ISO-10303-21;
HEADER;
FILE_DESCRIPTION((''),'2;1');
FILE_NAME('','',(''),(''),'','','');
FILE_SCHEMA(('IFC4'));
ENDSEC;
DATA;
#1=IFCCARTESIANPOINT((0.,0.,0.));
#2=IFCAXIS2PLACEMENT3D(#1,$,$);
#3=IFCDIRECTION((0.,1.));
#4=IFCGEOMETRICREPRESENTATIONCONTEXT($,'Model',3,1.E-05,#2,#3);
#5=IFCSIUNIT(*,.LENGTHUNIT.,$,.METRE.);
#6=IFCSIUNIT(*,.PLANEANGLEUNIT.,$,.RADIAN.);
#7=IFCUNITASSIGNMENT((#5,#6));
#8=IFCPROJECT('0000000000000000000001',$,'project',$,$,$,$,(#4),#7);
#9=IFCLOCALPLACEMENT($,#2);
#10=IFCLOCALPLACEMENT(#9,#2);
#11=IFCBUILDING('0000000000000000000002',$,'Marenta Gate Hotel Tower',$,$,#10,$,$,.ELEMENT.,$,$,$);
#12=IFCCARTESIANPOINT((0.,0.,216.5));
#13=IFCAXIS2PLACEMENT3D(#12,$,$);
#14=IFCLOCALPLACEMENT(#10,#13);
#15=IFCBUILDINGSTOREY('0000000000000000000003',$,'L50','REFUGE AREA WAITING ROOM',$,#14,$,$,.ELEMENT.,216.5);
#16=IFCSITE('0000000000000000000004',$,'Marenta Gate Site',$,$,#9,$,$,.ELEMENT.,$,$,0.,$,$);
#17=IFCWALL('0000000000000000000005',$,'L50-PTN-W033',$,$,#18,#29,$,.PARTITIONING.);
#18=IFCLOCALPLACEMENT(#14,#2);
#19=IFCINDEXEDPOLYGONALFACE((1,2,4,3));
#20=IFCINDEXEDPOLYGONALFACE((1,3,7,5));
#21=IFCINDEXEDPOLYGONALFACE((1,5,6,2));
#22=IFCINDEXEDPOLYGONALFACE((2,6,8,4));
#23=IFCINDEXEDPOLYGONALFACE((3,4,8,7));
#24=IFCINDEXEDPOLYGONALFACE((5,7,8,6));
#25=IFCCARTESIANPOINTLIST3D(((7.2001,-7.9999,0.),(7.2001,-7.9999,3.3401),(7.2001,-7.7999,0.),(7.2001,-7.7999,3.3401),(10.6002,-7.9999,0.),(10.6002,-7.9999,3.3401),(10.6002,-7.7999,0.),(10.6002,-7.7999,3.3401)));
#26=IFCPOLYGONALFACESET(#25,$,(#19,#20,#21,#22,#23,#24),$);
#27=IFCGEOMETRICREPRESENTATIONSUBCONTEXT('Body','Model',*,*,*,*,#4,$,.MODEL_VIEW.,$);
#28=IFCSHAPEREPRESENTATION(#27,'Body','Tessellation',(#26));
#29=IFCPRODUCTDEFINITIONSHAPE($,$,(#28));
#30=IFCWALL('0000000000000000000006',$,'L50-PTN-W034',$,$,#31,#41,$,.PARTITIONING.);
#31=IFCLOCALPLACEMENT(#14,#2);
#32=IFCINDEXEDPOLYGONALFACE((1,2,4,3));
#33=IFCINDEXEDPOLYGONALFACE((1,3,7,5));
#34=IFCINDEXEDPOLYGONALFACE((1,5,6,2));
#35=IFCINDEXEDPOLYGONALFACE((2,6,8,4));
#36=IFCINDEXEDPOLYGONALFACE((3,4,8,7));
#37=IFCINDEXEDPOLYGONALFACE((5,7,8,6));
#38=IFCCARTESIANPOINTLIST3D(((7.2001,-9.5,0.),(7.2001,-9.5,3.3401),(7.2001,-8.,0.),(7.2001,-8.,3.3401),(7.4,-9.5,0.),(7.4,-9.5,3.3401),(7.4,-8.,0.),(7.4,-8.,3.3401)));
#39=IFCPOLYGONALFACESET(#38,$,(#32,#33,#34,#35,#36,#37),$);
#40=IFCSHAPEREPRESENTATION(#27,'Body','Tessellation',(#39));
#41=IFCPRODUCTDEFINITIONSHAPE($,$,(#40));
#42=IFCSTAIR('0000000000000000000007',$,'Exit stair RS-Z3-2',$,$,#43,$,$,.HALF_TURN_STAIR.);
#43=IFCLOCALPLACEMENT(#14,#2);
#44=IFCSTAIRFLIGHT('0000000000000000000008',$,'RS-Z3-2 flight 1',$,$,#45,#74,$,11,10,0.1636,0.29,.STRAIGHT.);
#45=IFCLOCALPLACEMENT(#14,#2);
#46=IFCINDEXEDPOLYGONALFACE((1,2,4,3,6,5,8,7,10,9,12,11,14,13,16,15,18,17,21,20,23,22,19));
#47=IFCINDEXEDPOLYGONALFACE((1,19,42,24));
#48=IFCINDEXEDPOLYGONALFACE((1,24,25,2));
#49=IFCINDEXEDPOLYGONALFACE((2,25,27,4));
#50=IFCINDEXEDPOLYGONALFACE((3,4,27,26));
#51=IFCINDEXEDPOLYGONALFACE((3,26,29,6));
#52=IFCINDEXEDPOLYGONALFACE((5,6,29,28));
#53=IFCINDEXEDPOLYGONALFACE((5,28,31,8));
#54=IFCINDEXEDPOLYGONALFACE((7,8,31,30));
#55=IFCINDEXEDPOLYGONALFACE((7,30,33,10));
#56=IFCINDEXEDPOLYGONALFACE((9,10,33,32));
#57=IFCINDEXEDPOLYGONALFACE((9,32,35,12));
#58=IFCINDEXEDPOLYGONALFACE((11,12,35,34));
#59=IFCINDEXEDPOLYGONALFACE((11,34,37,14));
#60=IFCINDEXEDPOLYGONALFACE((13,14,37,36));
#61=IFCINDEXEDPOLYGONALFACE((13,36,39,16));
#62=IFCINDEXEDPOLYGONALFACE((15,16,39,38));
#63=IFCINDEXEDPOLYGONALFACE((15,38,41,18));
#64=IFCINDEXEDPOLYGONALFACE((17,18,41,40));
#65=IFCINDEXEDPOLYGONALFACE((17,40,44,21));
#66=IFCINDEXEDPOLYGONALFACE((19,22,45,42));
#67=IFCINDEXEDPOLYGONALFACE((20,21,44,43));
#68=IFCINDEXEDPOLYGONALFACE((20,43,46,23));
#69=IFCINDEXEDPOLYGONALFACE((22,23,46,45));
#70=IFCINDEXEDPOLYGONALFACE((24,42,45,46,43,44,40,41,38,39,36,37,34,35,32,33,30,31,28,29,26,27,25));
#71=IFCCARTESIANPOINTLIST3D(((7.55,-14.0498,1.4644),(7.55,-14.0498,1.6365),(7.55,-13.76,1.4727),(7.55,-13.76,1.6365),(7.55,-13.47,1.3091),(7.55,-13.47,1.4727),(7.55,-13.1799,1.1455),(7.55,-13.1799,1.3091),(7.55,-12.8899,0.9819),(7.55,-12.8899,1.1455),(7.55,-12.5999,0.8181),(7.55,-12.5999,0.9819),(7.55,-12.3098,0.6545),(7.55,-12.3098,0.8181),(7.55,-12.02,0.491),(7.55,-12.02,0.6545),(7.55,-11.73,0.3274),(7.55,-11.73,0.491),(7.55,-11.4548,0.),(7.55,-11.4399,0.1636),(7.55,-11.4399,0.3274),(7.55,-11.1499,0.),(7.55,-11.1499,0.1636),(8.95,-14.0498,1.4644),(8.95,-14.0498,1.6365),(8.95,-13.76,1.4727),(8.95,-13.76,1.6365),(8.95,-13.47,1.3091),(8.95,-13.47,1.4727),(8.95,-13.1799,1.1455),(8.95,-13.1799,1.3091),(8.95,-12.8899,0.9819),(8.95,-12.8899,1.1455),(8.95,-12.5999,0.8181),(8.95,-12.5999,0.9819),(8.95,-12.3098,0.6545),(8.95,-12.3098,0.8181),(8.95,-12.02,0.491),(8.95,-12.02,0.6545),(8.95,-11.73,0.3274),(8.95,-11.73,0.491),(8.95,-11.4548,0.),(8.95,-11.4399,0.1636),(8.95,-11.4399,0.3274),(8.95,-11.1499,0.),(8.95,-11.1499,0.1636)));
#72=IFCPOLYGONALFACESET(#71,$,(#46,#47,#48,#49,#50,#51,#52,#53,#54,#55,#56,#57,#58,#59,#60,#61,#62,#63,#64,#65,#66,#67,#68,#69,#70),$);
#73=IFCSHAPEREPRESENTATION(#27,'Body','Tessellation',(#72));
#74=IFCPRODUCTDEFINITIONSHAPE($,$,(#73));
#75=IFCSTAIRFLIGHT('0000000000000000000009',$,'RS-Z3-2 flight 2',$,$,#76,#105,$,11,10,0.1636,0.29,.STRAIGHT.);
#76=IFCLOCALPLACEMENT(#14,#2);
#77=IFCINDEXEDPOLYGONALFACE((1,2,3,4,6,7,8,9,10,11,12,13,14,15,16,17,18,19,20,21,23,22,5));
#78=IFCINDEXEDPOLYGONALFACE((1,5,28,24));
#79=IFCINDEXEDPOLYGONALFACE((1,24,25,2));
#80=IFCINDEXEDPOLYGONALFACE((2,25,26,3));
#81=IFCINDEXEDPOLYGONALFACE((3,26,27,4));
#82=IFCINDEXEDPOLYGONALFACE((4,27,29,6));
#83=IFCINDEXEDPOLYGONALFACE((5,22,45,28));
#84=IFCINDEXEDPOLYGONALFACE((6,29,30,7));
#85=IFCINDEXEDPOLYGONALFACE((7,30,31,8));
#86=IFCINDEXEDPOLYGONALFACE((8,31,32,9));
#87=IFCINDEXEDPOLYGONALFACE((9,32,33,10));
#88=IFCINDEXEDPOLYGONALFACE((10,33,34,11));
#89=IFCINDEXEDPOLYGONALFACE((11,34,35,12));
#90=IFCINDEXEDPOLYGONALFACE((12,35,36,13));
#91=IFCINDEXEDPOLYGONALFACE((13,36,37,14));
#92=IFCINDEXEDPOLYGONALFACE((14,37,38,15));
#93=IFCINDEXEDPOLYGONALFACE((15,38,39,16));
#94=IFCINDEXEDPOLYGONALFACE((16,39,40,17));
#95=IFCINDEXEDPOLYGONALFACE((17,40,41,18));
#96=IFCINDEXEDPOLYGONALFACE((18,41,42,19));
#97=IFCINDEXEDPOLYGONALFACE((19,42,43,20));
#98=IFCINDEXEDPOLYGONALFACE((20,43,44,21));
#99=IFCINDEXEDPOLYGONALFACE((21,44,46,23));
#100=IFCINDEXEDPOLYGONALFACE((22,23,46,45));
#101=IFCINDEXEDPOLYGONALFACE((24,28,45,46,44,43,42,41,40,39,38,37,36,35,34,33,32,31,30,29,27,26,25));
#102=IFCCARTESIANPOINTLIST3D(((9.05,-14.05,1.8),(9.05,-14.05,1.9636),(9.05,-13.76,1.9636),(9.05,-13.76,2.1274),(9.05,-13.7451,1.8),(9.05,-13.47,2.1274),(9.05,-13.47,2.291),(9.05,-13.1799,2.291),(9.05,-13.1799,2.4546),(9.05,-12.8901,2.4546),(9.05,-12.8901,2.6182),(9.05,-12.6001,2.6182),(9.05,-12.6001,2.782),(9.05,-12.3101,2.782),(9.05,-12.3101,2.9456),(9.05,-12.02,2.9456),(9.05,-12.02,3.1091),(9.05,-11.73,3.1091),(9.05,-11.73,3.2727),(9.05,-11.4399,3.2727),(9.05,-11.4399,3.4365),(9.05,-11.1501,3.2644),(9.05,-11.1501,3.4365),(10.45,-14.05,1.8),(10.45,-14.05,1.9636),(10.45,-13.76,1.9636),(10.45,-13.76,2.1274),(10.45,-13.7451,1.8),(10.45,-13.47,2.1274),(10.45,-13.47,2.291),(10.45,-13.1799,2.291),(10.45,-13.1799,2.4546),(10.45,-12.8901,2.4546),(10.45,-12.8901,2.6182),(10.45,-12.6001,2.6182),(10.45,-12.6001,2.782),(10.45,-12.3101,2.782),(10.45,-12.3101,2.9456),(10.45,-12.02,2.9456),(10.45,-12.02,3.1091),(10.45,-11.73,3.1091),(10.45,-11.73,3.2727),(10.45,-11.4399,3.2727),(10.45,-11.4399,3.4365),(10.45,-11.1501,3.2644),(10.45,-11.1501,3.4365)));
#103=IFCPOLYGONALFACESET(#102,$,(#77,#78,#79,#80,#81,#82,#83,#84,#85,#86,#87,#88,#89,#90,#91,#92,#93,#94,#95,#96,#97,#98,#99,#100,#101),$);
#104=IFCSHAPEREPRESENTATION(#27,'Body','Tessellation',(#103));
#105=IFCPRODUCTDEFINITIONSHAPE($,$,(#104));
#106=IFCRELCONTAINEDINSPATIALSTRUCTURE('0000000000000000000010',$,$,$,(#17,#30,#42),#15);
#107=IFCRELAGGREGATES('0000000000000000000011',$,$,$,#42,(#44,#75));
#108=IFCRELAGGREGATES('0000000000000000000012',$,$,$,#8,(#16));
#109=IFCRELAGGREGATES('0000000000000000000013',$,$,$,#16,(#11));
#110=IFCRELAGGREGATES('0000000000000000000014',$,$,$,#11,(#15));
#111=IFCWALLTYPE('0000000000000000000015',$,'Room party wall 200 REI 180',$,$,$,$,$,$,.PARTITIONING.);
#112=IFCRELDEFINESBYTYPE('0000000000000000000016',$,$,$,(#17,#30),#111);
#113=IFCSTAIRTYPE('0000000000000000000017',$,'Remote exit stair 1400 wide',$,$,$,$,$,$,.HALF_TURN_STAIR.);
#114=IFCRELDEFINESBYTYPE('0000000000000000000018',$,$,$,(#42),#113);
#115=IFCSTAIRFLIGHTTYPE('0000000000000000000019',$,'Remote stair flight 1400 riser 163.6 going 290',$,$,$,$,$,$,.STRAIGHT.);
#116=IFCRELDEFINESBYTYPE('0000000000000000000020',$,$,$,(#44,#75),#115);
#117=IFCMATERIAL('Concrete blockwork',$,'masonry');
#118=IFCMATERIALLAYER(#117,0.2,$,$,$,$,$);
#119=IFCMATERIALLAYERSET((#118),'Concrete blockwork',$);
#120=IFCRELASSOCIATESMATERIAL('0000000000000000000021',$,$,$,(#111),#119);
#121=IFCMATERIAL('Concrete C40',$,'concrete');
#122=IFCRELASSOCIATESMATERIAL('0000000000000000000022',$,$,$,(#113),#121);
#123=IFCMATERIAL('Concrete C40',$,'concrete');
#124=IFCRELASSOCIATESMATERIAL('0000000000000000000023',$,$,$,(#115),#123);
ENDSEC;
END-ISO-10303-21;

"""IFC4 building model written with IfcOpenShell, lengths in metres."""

from ifc_helpers import new_model, si_unit, direction, frame, frame_2d, origin, place, context, subcontext, project, spatial, polyline, rectangle, outline, extrude, material, layer, layer_set, type_object, element, aggregate, save


model = new_model("IFC4")

# Units and contexts
model_context = context("Model", 3, precision=1e-05, world=origin(), true_north=direction((0.0, 1.0)))
body_context = subcontext(model_context, "Body", "Model", "MODEL_VIEW")
ifc_project = project(units=[si_unit("LENGTHUNIT", "METRE"), si_unit("PLANEANGLEUNIT", "RADIAN")], contexts=[model_context])

# Site, building, storey
site_placement = place(None, origin())
site = spatial("IfcSite", under=ifc_project, at=site_placement, Name="Marenta Gate Site", CompositionType="ELEMENT", RefElevation=0.0)
building_placement = place(site_placement, origin())
building = spatial("IfcBuilding", under=site, at=building_placement, Name="Marenta Gate Hotel Tower", CompositionType="ELEMENT")
storey_placement = place(building_placement, frame((0.0, 0.0, 216.5)))
storey = spatial("IfcBuildingStorey", under=building, at=storey_placement, Name="L50", Description="REFUGE AREA WAITING ROOM", CompositionType="ELEMENT", Elevation=216.5)

# Walls
ifc_material_1 = material(Name="Concrete blockwork", Category="masonry")
ifc_layer_1 = layer(ifc_material_1, 0.2)
ifc_layer_set_1 = layer_set([ifc_layer_1], Name="Concrete blockwork")
wall_type_1 = type_object("IfcWallType", Name="Room party wall 200 REI 180", PredefinedType="PARTITIONING", material=ifc_layer_set_1)
wall_1_placement = place(storey_placement, frame((7.2, -7.8999, 0.0), z_axis=(0.0, 0.0, 1.0), x_axis=(1.0, 0.0, 0.0)))
element("IfcWall", 1, at=wall_1_placement, inside=storey, type_object=wall_type_1, Name="L50-PTN-W033", PredefinedType="PARTITIONING", context=body_context, shape_type="SweptSolid", body=[
    extrude(rectangle(XDim=3.4001, YDim=0.2, at=frame_2d((1.7002, 0.0))), origin(), (0.0, 0.0, 1.0), 3.3401),
])
wall_2_placement = place(storey_placement, frame((7.3, -9.5, 0.0), z_axis=(0.0, 0.0, 1.0), x_axis=(0.0, 1.0, 0.0)))
element("IfcWall", 2, at=wall_2_placement, inside=storey, type_object=wall_type_1, Name="L50-PTN-W034", PredefinedType="PARTITIONING", context=body_context, shape_type="SweptSolid", body=[
    extrude(rectangle(XDim=1.5, YDim=0.2, at=frame_2d((0.75, 0.0))), origin(), (0.0, 0.0, 1.0), 3.3401),
])

# Stair, stair flights
ifc_material_2 = material(Name="Concrete C40", Category="concrete")
stair_type = type_object("IfcStairType", Name="Remote exit stair 1400 wide", PredefinedType="HALF_TURN_STAIR", material=ifc_material_2)
stair_placement = place(storey_placement, origin())
stair = element("IfcStair", 3, at=stair_placement, inside=storey, type_object=stair_type, Name="Exit stair RS-Z3-2", PredefinedType="HALF_TURN_STAIR")
ifc_material_3 = material(Name="Concrete C40", Category="concrete")
stair_flight_type = type_object("IfcStairFlightType", Name="Remote stair flight 1400 riser 163.6 going 290", PredefinedType="STRAIGHT", material=ifc_material_3)
stair_flight_1_placement = place(storey_placement, frame((8.25, -11.1499, 0.0), z_axis=(0.0, 0.0, 1.0), x_axis=(0.0, -1.0, 0.0)))
stair_flight_1 = element("IfcStairFlight", 4, at=stair_flight_1_placement, type_object=stair_flight_type, Name="RS-Z3-2 flight 1", NumberOfRisers=11, NumberOfTreads=10, PredefinedType="STRAIGHT", RiserHeight=0.1636, TreadLength=0.29, context=body_context, shape_type="SweptSolid", body=[
    extrude(outline(polyline([(0.0, 0.0), (0.0, 0.1636), (0.29, 0.1636), (0.29, 0.3274), (0.5801, 0.3274), (0.5801, 0.491), (0.8701, 0.491), (0.8701, 0.6545), (1.1599, 0.6545), (1.1599, 0.8181), (1.45, 0.8181), (1.45, 0.9819), (1.74, 0.9819), (1.74, 1.1455), (2.03, 1.1455), (2.03, 1.3091), (2.3201, 1.3091), (2.3201, 1.4727), (2.6101, 1.4727), (2.6101, 1.6365), (2.8999, 1.6365), (2.8999, 1.8), (2.8999, 1.4644), (0.3049, 0.0), (0.0, 0.0)])), frame((0.0, 0.7, 0.0), z_axis=(0.0, -1.0, 0.0), x_axis=(1.0, 0.0, 0.0)), (0.0, 0.0, 1.0), 1.3999),
])
stair_flight_2_placement = place(storey_placement, frame((9.75, -14.05, 1.8), z_axis=(0.0, 0.0, 1.0), x_axis=(0.0, 1.0, 0.0)))
stair_flight_2 = element("IfcStairFlight", 5, at=stair_flight_2_placement, type_object=stair_flight_type, Name="RS-Z3-2 flight 2", NumberOfRisers=11, NumberOfTreads=10, PredefinedType="STRAIGHT", RiserHeight=0.1636, TreadLength=0.29, context=body_context, shape_type="SweptSolid", body=[
    extrude(outline(polyline([(0.0, 0.0), (0.0, 0.1636), (0.29, 0.1636), (0.29, 0.3274), (0.5801, 0.3274), (0.5801, 0.491), (0.8701, 0.491), (0.8701, 0.6545), (1.1599, 0.6545), (1.1599, 0.8181), (1.45, 0.8181), (1.45, 0.9819), (1.74, 0.9819), (1.74, 1.1455), (2.03, 1.1455), (2.03, 1.3091), (2.3201, 1.3091), (2.3201, 1.4727), (2.6101, 1.4727), (2.6101, 1.6365), (2.8999, 1.6365), (2.8999, 1.8), (2.8999, 1.4644), (0.3049, 0.0), (0.0, 0.0)])), frame((0.0, 0.7, 0.0), z_axis=(0.0, -1.0, 0.0), x_axis=(1.0, 0.0, 0.0)), (0.0, 0.0, 1.0), 1.3999),
])
aggregate(stair, [stair_flight_1, stair_flight_2])

save(model, "model.ifc")
